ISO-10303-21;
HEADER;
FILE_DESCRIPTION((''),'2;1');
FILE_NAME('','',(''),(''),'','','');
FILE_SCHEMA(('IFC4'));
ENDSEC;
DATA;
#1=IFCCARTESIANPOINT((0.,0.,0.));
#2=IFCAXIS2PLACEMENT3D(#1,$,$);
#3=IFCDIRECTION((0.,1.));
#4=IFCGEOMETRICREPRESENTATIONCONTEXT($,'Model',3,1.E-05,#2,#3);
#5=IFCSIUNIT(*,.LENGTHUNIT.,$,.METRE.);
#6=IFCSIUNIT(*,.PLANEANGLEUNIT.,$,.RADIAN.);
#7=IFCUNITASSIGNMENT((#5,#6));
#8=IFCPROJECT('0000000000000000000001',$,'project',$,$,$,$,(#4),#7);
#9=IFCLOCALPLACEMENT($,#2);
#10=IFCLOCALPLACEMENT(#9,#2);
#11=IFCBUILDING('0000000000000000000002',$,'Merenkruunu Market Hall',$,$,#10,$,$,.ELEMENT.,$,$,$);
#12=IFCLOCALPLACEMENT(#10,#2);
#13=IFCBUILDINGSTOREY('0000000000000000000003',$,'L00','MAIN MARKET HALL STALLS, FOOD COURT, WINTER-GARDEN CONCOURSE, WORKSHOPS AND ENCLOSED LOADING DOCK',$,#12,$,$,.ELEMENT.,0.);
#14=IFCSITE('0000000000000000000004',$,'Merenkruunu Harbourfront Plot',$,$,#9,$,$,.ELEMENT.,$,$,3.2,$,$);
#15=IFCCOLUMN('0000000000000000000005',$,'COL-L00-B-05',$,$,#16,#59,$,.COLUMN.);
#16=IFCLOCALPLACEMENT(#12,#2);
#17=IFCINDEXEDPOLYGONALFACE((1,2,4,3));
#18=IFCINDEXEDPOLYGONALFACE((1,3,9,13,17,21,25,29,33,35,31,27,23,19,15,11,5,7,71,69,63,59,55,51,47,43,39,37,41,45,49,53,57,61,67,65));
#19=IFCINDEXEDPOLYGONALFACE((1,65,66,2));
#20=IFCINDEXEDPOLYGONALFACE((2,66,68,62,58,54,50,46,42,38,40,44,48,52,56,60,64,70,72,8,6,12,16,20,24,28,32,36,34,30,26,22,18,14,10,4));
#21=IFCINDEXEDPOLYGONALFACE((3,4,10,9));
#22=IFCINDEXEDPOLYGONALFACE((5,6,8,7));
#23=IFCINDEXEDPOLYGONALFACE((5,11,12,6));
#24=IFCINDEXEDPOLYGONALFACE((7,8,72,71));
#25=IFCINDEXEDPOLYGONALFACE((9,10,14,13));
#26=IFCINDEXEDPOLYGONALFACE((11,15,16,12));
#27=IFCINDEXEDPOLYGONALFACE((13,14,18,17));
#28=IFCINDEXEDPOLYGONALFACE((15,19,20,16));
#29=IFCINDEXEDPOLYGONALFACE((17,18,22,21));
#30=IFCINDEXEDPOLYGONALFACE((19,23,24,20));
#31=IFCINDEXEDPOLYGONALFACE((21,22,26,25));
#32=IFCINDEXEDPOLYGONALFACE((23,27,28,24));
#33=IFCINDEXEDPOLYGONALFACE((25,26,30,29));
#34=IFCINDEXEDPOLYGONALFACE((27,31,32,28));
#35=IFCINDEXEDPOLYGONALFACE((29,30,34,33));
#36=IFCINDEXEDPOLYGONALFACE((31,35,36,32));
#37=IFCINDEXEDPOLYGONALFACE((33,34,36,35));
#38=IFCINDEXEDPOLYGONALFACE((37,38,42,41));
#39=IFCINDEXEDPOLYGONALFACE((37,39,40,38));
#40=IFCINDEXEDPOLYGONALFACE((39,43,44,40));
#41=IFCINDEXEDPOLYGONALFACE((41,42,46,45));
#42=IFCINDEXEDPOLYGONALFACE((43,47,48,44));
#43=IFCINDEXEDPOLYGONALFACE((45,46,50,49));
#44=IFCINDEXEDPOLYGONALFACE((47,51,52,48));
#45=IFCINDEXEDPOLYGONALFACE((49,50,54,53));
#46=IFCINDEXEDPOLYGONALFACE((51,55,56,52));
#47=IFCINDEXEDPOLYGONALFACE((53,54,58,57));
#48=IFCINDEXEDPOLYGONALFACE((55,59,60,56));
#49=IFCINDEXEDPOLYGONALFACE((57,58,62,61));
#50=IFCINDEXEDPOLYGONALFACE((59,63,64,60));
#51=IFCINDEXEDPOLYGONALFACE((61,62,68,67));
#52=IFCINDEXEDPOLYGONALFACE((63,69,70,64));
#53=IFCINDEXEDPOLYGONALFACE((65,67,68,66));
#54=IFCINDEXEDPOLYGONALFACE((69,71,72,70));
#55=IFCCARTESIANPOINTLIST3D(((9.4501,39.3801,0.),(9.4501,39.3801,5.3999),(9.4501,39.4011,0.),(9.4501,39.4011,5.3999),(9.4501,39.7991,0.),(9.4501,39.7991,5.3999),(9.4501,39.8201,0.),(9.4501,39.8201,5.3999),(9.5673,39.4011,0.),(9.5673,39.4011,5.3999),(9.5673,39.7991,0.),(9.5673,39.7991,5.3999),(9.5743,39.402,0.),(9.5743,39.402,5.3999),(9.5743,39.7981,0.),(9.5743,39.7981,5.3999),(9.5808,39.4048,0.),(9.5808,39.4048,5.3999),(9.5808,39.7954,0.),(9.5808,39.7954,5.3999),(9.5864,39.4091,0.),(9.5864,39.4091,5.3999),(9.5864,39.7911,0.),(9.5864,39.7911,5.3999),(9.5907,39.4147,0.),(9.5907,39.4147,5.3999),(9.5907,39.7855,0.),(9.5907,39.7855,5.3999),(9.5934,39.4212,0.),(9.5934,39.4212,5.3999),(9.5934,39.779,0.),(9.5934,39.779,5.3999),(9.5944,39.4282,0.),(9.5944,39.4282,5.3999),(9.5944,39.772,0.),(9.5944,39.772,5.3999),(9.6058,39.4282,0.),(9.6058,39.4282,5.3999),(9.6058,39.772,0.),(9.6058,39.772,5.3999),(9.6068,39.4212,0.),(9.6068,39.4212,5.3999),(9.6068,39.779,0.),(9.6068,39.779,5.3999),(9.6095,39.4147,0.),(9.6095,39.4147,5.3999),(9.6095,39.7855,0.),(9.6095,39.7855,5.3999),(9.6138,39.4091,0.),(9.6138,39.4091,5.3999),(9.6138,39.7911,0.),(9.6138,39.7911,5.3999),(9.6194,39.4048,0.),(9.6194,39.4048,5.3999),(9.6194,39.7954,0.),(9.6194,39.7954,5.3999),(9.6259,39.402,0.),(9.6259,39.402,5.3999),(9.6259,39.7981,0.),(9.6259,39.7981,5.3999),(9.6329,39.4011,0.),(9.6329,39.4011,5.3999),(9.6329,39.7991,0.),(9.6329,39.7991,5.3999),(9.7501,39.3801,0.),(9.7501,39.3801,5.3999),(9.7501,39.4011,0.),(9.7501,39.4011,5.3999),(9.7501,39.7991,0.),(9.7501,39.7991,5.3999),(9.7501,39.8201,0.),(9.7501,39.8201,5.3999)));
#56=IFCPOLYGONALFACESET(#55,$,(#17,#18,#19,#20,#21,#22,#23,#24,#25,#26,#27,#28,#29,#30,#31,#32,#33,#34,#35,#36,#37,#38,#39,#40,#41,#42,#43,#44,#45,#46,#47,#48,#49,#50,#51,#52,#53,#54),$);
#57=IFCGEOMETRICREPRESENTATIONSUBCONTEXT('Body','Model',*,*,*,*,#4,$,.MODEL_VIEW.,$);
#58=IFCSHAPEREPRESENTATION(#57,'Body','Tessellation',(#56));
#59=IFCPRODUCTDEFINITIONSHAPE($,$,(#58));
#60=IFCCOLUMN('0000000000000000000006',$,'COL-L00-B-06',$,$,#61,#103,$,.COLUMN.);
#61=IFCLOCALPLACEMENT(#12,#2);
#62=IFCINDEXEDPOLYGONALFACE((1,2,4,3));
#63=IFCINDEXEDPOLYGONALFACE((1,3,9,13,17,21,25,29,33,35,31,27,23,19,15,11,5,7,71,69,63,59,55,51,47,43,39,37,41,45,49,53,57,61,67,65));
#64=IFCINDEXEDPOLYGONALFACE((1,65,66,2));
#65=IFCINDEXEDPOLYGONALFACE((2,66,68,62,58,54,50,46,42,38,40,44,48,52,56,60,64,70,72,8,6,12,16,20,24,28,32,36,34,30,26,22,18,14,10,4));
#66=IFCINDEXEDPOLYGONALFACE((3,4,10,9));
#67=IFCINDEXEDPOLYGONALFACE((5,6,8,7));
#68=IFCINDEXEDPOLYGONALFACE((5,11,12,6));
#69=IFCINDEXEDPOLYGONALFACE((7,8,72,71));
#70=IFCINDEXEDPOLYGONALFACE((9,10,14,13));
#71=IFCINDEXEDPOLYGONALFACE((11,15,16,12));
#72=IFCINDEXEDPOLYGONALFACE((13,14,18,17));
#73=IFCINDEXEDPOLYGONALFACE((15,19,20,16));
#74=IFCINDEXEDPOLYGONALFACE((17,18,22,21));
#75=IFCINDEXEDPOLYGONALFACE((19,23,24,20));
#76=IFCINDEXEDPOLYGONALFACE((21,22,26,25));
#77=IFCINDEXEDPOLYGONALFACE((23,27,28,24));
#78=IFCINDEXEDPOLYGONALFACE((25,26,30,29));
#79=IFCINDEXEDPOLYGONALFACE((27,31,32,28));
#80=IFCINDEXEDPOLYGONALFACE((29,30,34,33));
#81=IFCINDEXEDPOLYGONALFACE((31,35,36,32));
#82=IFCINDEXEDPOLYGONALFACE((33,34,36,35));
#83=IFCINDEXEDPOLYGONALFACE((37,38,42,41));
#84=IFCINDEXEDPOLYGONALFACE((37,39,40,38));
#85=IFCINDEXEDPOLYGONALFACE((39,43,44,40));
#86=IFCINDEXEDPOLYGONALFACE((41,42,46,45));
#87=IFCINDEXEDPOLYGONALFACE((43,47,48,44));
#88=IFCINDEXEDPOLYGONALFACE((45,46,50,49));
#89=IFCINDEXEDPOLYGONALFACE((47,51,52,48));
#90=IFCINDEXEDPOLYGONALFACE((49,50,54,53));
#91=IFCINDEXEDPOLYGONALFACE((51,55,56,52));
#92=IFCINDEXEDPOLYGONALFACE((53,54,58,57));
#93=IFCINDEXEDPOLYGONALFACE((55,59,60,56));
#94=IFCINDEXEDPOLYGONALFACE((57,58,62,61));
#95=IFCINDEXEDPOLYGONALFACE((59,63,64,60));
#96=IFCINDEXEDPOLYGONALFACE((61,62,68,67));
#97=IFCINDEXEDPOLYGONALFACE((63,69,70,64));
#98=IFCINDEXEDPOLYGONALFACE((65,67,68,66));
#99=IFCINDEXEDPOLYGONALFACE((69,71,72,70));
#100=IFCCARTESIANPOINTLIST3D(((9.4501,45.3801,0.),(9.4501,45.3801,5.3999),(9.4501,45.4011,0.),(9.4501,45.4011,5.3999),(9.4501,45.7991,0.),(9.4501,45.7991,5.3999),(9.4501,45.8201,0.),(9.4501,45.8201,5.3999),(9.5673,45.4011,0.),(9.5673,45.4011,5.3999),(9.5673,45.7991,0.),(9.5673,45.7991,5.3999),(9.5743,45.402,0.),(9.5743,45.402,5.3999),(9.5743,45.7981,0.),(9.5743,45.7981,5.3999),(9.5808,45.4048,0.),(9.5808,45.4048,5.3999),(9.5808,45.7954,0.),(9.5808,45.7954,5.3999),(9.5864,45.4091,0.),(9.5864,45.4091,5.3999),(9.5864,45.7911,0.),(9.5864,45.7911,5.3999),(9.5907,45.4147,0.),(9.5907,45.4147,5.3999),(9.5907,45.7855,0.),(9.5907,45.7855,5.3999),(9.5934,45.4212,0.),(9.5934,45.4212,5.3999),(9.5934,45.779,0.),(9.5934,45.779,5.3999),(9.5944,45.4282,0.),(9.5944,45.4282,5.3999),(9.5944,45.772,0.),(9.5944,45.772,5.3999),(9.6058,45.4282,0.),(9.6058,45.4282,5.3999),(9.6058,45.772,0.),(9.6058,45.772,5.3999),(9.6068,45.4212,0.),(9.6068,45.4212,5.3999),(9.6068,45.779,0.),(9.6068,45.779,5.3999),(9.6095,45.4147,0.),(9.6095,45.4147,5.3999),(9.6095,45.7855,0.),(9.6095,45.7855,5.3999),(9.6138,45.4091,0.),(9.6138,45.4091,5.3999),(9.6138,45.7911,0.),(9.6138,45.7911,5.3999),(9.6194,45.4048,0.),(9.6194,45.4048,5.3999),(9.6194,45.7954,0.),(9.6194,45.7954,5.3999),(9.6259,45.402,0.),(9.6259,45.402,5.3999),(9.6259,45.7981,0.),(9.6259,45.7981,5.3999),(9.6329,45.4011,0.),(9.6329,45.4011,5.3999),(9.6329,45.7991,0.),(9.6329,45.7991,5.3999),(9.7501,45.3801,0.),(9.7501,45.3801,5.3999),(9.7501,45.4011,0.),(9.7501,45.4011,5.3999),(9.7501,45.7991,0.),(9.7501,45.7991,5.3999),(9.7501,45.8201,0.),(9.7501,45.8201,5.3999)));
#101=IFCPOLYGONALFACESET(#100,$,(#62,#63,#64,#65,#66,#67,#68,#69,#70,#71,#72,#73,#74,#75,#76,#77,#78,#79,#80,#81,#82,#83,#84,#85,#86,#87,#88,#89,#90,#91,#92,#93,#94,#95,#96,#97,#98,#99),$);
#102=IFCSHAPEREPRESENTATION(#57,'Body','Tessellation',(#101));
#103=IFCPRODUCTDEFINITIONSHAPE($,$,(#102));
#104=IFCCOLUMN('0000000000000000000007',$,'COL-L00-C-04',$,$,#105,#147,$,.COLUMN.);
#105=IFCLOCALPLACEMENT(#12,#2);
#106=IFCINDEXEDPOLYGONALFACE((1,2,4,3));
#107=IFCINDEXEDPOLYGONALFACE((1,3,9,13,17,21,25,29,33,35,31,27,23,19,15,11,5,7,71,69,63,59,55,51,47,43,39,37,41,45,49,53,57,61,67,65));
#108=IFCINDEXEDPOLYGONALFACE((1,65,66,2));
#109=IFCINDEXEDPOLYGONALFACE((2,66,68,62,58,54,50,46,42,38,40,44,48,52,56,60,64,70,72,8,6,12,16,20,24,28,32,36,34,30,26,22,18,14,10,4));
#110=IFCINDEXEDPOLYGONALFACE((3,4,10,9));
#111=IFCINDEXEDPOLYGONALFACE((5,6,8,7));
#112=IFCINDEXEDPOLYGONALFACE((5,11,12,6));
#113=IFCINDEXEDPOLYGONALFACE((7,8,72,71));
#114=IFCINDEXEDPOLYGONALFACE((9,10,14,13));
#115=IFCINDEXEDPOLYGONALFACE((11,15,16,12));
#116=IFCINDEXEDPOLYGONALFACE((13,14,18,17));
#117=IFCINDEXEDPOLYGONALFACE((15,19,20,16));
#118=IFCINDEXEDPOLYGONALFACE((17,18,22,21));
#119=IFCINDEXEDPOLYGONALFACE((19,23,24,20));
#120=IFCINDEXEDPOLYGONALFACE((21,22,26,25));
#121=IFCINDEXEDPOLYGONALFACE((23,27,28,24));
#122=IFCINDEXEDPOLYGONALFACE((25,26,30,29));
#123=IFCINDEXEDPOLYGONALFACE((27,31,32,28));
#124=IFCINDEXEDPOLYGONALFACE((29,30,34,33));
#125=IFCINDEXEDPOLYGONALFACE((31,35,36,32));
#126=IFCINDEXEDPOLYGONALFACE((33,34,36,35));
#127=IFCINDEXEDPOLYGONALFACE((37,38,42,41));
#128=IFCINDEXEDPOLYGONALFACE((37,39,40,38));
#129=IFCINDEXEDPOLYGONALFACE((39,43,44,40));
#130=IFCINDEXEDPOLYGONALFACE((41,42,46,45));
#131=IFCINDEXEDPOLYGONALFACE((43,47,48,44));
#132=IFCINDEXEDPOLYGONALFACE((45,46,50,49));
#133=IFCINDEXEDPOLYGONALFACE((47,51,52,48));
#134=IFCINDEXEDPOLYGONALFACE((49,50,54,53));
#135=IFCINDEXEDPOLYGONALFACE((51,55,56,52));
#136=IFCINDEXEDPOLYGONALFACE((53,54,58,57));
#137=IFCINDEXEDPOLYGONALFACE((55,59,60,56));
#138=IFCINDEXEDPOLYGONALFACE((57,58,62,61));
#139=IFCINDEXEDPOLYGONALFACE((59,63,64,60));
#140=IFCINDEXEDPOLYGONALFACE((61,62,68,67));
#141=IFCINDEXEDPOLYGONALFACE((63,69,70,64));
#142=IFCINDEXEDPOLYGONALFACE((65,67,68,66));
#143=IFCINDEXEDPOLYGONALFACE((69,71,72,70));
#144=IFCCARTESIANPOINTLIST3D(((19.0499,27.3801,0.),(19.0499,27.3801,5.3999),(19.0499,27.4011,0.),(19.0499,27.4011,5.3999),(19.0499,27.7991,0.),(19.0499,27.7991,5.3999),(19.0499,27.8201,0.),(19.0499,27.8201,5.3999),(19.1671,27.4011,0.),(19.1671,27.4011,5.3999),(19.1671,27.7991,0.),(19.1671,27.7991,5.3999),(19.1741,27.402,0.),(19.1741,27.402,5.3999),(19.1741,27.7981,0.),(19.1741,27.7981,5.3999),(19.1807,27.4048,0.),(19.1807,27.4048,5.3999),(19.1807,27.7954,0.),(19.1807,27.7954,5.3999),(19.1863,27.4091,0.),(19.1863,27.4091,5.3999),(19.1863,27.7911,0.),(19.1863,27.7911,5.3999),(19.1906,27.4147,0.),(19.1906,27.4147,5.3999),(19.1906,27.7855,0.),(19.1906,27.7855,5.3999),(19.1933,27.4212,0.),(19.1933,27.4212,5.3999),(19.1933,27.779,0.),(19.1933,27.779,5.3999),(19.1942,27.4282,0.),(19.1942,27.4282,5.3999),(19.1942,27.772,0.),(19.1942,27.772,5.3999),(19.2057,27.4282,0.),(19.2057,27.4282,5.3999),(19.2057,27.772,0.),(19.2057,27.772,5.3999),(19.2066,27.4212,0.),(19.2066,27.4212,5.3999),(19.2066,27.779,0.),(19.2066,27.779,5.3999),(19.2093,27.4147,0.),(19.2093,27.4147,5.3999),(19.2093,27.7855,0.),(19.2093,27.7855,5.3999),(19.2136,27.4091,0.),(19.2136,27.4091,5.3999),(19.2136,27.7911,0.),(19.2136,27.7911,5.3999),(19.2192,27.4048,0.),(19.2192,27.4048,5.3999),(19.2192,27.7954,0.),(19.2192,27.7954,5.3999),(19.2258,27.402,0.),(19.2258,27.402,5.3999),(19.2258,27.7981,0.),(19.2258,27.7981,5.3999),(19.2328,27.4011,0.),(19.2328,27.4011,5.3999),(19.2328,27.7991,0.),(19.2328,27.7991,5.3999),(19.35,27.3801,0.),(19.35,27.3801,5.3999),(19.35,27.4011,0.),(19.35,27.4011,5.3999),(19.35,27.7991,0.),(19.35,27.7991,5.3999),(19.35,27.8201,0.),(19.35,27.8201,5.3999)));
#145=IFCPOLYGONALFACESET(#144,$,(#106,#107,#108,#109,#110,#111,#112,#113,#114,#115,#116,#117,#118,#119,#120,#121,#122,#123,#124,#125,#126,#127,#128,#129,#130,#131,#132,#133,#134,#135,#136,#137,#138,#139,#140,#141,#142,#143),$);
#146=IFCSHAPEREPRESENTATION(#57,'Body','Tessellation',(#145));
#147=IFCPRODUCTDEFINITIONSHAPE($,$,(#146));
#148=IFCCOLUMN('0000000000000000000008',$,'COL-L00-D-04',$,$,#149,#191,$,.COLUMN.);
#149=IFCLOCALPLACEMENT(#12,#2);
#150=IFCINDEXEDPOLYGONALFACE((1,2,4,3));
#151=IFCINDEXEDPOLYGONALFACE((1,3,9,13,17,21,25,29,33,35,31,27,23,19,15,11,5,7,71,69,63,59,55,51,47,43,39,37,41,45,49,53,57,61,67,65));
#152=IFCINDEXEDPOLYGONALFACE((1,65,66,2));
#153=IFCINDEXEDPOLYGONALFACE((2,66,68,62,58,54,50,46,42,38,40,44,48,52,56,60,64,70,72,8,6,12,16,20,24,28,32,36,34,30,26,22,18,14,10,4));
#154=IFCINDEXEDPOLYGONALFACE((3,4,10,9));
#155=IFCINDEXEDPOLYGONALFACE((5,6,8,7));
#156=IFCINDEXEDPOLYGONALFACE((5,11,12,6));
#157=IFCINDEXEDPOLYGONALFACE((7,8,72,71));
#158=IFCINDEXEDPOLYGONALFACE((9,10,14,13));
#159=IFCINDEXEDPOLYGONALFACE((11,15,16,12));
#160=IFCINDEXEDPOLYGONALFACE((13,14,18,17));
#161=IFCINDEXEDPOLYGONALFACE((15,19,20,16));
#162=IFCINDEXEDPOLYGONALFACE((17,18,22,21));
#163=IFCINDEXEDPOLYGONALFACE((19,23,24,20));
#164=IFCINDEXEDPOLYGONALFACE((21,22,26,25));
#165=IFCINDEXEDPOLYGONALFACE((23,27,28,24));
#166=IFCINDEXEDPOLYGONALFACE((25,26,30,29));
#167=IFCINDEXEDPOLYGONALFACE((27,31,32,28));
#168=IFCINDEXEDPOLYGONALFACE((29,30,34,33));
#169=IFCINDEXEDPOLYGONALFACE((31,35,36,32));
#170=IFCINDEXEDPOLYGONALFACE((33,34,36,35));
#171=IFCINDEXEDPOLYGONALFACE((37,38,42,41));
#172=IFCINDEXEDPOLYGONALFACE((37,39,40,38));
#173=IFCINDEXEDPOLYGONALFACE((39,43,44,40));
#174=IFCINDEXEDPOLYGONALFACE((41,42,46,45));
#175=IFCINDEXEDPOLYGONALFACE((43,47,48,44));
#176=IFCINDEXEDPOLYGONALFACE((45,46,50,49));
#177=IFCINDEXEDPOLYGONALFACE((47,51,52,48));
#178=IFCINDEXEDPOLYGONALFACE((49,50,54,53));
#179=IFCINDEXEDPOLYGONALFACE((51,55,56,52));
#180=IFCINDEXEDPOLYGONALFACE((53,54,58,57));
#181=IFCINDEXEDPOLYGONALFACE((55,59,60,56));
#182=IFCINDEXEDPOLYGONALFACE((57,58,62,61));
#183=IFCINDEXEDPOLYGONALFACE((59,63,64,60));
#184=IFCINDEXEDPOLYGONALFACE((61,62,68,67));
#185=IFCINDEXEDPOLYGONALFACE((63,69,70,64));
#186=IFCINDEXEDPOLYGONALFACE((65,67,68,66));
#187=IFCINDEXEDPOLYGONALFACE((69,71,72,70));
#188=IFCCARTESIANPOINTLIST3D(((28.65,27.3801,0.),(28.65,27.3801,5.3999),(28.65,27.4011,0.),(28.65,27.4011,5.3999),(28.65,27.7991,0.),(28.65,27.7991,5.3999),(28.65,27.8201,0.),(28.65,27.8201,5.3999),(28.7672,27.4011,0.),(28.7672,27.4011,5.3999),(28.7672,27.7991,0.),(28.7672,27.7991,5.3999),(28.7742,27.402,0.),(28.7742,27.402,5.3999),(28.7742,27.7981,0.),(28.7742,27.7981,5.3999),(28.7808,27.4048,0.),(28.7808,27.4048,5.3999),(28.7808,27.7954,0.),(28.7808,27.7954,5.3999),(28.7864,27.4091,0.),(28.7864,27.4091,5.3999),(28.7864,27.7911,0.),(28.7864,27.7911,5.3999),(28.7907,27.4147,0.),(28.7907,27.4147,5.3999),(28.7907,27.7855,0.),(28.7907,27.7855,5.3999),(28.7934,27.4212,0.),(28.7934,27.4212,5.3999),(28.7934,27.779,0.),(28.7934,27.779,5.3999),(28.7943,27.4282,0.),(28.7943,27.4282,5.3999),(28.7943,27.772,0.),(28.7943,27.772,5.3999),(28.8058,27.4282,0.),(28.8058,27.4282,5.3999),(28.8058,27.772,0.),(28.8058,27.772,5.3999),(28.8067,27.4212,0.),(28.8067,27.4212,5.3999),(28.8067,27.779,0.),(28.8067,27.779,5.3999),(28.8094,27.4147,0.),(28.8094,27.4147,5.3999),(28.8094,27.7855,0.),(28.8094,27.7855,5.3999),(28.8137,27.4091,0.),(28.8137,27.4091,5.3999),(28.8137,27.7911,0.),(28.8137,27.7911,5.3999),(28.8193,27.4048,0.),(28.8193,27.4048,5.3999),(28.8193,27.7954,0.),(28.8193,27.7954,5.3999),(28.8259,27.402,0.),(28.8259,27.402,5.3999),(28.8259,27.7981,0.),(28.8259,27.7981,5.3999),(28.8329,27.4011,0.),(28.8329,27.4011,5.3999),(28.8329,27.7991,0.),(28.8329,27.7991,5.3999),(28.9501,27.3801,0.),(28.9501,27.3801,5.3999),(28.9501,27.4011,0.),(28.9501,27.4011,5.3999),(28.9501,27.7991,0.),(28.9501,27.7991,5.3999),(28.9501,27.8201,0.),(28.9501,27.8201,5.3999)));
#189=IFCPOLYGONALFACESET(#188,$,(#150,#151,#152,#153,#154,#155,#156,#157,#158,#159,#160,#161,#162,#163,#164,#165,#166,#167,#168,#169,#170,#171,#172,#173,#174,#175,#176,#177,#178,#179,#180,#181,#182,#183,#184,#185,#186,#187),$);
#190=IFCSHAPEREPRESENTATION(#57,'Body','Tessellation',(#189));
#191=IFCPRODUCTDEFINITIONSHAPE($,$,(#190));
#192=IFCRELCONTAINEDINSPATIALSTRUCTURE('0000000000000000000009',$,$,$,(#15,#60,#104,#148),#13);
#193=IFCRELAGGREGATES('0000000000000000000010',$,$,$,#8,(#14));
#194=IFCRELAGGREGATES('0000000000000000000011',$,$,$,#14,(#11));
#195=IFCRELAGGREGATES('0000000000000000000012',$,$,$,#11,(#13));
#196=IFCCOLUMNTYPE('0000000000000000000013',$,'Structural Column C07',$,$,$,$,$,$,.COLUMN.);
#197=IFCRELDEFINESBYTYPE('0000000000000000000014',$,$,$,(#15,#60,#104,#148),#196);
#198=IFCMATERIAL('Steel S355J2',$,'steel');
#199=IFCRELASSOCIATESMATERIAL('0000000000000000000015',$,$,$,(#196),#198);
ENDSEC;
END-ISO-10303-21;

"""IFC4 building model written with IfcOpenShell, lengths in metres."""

from ifc_helpers import new_model, si_unit, direction, frame, origin, origin_2d, place, context, subcontext, project, spatial, i_section, extrude, material, material_profile, profile_set, type_object, element, save


model = new_model("IFC4")

# Units and contexts
model_context = context("Model", 3, precision=1e-05, world=origin(), true_north=direction((0.0, 1.0)))
body_context = subcontext(model_context, "Body", "Model", "MODEL_VIEW")
ifc_project = project(units=[si_unit("LENGTHUNIT", "METRE"), si_unit("PLANEANGLEUNIT", "RADIAN")], contexts=[model_context])

# Site, building, storey
site_placement = place(None, origin())
site = spatial("IfcSite", under=ifc_project, at=site_placement, Name="Merenkruunu Harbourfront Plot", CompositionType="ELEMENT", RefElevation=3.2)
building_placement = place(site_placement, origin())
building = spatial("IfcBuilding", under=site, at=building_placement, Name="Merenkruunu Market Hall", CompositionType="ELEMENT")
storey_placement = place(building_placement, origin())
storey = spatial("IfcBuildingStorey", under=building, at=storey_placement, Name="L00", Description="MAIN MARKET HALL STALLS, FOOD COURT, WINTER-GARDEN CONCOURSE, WORKSHOPS AND ENCLOSED LOADING DOCK", CompositionType="ELEMENT", Elevation=0.0)

# Columns
ifc_material_1 = material(Name="Steel S355J2", Category="steel")
ifc_material_profile_1 = material_profile(ifc_material_1, i_section(OverallWidth=0.3, OverallDepth=0.4399, WebThickness=0.0115, FlangeThickness=0.021, FilletRadius=0.0271, at=origin_2d()), Name="HEA 450")
ifc_profile_set_1 = profile_set([ifc_material_profile_1], Name="Steel S355J2")
column_type = type_object("IfcColumnType", Name="Structural Column C07", PredefinedType="COLUMN", material=ifc_profile_set_1)
for number, where, z_axis, x_axis, name in (
    (1, (9.6001, 39.6001, 0.0), (0.0, 0.0, 1.0), (1.0, 0.0, 0.0), "COL-L00-B-05"),
    (2, (9.6001, 45.6001, 0.0), (0.0, 0.0, 1.0), (1.0, 0.0, 0.0), "COL-L00-B-06"),
    (3, (19.2, 27.6001, 0.0), (0.0, 0.0, 1.0), (1.0, 0.0, 0.0), "COL-L00-C-04"),
    (4, (28.8, 27.6001, 0.0), (0.0, 0.0, 1.0), (1.0, 0.0, 0.0), "COL-L00-D-04"),
):
    element("IfcColumn", number, at=place(storey_placement, frame(where, z_axis=z_axis, x_axis=x_axis)), inside=storey, type_object=column_type, Name=name, PredefinedType="COLUMN", context=body_context, shape_type="SweptSolid", body=[
        extrude(i_section(OverallWidth=0.3, OverallDepth=0.4399, WebThickness=0.0115, FlangeThickness=0.021, FilletRadius=0.0271, at=origin_2d()), origin(), (0.0, 0.0, 1.0), 5.3999),
    ])

save(model, "model.ifc")
